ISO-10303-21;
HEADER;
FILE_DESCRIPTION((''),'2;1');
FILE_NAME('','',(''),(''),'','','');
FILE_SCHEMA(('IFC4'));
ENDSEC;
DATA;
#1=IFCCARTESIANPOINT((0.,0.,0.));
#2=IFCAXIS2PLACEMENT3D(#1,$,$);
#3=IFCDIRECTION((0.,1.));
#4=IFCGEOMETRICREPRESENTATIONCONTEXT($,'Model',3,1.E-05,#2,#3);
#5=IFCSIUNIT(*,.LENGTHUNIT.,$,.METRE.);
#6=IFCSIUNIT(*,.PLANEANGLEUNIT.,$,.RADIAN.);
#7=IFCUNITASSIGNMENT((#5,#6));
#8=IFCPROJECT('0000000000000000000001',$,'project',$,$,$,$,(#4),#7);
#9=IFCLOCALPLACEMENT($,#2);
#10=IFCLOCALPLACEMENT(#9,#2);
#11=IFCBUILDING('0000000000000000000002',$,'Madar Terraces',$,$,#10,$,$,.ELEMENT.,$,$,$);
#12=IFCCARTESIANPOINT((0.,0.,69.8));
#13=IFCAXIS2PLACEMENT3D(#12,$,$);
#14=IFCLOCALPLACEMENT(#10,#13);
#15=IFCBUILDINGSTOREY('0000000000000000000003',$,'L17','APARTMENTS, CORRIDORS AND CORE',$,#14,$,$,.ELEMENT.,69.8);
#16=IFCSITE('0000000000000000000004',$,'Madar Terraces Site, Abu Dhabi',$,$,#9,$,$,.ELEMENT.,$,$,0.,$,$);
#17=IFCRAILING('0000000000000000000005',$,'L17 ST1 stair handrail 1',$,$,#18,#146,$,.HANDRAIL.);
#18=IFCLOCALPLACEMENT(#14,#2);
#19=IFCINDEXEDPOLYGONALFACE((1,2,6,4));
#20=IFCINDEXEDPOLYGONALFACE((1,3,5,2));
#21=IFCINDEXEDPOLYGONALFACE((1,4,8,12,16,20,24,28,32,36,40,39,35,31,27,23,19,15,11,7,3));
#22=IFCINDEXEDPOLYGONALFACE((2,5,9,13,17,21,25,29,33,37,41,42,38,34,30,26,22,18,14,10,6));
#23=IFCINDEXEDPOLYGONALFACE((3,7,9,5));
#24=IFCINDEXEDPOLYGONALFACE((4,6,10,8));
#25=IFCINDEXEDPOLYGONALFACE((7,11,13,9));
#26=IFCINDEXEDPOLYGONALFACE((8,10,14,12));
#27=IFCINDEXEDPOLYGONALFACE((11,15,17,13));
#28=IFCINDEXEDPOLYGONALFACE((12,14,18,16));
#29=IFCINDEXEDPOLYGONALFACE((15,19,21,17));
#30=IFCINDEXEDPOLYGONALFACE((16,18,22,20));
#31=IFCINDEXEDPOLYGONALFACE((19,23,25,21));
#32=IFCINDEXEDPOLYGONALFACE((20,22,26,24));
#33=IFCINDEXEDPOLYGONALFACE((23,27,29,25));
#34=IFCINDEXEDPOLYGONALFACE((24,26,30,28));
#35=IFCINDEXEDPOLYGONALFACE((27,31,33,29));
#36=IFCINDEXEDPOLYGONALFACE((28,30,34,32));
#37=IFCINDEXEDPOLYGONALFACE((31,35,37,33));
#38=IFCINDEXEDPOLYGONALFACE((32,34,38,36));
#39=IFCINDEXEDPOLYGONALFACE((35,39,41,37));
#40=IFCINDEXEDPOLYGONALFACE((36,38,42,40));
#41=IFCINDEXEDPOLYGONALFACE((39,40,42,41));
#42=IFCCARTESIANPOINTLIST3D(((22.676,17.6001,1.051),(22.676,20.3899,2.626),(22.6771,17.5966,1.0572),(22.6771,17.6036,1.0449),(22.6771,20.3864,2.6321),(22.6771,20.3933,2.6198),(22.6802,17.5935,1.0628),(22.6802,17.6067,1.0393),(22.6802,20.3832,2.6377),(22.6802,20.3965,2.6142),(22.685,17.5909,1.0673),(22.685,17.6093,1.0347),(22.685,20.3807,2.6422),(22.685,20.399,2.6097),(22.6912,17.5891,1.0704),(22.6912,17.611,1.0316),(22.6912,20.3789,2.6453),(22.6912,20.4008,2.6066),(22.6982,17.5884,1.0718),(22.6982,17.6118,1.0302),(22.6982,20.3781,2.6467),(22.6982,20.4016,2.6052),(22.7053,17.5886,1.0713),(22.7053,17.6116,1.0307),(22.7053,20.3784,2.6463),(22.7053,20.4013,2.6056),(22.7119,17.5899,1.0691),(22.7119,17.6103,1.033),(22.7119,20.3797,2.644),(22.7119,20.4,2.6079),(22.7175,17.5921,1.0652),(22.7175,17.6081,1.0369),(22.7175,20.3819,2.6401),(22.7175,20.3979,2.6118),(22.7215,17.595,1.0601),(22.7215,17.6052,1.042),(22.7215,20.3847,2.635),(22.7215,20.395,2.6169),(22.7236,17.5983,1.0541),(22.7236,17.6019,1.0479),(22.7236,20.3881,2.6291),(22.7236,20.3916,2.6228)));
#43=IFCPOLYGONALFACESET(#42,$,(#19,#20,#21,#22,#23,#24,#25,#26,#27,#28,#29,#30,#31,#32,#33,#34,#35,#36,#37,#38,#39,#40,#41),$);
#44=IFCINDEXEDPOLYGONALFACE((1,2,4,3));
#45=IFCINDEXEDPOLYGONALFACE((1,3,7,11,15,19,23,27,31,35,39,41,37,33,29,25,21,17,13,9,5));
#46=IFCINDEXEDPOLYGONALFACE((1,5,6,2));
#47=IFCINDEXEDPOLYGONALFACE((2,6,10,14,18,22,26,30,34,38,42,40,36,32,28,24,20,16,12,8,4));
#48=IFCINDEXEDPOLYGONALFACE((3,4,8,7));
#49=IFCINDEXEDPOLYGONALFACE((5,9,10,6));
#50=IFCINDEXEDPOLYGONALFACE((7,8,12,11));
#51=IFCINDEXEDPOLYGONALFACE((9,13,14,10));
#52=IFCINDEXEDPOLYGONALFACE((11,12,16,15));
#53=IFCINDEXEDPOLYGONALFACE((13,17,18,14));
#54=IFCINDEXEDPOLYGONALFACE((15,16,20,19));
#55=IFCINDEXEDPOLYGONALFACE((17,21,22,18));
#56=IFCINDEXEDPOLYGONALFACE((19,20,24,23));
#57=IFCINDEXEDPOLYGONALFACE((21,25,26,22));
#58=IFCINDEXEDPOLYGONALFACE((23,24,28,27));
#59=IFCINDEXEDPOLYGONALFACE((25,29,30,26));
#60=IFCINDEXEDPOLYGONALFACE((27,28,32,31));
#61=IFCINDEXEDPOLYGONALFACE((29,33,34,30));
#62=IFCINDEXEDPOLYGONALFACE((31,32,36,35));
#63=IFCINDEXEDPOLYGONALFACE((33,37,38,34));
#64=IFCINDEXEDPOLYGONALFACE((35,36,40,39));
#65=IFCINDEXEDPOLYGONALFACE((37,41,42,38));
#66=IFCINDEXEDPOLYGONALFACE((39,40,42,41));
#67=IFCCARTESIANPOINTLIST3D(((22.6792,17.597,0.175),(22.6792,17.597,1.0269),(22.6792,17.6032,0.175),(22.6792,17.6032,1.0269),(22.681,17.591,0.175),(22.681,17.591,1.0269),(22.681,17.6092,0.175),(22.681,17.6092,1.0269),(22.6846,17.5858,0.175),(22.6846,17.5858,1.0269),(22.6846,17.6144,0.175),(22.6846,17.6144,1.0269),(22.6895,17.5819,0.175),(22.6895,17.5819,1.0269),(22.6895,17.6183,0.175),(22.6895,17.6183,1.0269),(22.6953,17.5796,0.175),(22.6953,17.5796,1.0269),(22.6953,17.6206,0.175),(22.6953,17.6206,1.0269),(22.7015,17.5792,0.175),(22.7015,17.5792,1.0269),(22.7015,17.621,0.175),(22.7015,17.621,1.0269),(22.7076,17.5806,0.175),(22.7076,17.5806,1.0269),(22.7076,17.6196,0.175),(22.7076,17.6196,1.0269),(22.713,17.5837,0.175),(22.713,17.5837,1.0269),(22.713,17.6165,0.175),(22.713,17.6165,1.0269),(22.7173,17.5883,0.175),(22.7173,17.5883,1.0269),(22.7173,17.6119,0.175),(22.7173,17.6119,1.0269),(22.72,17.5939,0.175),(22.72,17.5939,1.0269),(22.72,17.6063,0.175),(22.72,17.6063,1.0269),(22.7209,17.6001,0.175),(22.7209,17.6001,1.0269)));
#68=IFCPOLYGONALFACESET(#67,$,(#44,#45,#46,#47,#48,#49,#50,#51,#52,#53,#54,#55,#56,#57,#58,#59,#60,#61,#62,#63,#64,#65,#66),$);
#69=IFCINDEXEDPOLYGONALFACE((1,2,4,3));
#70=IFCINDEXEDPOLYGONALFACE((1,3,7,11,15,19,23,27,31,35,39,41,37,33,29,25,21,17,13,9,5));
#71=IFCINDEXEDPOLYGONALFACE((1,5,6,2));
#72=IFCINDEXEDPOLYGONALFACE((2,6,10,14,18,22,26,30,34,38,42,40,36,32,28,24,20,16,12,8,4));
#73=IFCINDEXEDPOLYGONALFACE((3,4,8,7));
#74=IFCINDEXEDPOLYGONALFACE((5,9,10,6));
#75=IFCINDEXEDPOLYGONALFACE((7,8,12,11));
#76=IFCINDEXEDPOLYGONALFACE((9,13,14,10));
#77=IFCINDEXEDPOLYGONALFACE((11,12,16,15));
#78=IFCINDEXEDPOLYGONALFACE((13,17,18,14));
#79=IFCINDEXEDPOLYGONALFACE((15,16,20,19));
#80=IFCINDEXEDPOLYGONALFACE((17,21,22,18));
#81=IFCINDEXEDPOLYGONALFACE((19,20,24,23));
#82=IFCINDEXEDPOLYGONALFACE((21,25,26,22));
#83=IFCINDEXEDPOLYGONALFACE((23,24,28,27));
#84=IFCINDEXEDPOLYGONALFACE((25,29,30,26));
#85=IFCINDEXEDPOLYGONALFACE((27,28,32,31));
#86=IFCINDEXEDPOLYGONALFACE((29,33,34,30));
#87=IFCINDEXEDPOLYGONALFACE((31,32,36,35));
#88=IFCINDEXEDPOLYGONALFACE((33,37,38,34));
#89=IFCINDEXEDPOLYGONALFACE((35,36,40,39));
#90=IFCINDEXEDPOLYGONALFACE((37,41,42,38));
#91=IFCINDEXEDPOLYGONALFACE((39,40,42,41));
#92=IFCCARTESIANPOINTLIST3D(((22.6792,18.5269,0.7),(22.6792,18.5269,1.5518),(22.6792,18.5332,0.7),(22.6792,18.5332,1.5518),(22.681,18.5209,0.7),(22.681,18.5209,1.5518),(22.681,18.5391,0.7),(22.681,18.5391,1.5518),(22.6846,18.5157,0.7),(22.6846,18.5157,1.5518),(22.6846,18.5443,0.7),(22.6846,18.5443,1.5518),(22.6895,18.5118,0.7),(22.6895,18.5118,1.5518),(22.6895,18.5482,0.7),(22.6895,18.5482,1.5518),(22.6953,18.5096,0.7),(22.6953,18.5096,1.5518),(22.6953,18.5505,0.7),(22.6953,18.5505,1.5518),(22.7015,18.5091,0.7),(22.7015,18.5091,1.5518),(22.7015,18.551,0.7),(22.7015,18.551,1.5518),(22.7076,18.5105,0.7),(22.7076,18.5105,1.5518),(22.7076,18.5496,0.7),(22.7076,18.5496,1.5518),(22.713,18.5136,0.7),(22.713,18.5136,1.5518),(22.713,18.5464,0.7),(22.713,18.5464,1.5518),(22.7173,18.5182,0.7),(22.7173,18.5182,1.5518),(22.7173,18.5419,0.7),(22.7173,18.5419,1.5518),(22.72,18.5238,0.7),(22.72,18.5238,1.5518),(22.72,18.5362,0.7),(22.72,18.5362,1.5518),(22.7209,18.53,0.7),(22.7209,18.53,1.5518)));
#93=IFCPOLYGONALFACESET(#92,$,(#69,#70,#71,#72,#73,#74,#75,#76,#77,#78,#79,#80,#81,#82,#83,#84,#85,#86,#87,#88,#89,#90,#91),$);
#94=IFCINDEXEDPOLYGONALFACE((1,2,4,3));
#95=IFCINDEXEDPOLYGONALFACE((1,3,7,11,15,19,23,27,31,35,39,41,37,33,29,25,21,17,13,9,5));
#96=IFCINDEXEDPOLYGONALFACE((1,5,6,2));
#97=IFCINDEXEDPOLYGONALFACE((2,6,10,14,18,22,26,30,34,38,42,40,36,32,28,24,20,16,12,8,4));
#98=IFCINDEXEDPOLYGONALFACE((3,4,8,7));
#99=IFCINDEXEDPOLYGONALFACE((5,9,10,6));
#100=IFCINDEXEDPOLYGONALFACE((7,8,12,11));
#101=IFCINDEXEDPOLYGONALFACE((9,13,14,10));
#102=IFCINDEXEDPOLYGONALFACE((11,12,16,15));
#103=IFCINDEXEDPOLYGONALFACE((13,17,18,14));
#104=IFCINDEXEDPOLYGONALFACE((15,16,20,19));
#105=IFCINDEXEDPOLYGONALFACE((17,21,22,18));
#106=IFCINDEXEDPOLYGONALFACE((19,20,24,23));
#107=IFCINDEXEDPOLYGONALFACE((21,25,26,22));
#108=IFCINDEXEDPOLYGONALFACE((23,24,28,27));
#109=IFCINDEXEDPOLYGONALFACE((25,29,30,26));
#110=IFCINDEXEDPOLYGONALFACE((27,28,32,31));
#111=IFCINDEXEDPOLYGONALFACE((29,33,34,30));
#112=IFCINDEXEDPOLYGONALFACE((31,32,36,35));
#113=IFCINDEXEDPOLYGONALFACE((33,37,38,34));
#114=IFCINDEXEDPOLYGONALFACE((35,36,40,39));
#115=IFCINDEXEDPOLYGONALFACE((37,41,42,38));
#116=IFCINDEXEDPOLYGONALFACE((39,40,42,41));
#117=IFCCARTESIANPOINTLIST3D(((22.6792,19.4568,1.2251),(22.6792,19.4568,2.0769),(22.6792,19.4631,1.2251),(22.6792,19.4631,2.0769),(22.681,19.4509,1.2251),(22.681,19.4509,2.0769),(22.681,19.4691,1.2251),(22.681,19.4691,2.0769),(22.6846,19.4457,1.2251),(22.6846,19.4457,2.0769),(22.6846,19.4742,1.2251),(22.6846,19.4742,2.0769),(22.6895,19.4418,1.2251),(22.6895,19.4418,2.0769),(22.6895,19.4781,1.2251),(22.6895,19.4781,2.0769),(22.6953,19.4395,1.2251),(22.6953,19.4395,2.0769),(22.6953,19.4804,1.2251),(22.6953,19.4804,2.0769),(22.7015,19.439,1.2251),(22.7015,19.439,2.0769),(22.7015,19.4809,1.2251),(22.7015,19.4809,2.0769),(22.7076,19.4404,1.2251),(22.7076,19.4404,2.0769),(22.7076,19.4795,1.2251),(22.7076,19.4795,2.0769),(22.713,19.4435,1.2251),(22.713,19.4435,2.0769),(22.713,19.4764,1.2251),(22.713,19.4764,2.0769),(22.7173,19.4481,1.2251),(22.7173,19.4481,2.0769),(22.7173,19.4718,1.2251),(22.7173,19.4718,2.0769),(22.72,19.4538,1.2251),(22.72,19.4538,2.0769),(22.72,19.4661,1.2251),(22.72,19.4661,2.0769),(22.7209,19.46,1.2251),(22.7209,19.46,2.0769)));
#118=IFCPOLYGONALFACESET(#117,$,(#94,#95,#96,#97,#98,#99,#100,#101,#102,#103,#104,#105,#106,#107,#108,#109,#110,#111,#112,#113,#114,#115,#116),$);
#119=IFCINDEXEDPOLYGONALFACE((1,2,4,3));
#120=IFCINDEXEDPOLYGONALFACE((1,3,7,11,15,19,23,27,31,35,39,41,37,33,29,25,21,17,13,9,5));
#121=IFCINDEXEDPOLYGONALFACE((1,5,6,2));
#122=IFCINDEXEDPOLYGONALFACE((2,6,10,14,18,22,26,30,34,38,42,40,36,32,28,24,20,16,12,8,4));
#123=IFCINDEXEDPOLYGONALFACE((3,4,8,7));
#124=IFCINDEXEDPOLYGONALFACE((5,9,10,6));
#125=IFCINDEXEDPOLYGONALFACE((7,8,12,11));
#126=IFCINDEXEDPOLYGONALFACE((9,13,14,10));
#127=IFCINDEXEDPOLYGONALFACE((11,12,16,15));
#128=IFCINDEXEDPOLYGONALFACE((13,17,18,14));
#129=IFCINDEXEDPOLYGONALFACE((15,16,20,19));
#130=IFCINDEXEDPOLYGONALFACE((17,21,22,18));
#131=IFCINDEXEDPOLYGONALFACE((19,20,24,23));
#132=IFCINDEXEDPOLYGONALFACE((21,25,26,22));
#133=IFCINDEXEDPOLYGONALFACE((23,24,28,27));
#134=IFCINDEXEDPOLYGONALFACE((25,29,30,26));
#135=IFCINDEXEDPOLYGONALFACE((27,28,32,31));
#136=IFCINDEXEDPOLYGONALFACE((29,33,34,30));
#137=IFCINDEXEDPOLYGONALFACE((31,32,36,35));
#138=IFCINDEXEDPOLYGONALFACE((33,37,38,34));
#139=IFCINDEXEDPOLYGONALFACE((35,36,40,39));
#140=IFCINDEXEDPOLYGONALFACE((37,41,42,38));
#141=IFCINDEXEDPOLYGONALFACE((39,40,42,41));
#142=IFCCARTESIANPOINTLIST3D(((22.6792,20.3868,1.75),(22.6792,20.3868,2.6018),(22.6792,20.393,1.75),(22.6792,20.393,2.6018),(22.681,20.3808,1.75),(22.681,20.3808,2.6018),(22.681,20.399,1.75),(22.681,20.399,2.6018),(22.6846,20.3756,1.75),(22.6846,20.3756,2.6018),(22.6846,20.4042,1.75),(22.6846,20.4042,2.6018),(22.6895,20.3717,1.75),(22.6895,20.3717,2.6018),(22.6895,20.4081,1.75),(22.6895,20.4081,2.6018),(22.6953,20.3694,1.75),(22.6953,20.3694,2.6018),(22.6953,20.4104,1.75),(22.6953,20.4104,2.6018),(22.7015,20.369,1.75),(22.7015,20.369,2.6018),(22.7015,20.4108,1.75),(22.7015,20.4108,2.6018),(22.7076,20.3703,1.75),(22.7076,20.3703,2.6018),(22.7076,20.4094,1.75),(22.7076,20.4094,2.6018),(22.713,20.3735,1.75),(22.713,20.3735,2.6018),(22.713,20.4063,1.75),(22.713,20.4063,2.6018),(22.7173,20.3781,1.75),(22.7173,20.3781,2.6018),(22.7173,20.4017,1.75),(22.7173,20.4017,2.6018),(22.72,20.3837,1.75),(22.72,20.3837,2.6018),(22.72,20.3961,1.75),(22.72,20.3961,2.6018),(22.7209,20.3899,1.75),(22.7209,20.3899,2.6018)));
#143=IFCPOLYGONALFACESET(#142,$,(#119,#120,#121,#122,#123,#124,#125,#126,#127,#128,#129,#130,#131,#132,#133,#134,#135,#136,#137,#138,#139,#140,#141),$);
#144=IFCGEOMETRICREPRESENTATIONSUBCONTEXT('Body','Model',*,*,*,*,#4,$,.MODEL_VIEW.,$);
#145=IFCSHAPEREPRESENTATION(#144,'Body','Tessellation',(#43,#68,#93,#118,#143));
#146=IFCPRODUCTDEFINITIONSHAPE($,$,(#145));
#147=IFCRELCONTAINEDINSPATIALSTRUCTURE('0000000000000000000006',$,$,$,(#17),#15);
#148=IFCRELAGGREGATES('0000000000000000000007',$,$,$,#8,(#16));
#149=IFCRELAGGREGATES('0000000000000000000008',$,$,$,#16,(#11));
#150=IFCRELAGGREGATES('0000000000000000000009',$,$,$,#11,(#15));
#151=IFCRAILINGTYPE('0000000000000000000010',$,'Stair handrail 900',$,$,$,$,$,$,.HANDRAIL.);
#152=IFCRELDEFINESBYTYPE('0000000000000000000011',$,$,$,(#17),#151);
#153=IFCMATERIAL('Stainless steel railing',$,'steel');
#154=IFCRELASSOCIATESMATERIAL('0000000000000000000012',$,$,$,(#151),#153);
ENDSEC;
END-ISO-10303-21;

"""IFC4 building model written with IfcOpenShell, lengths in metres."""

from ifc_helpers import new_model, si_unit, direction, frame, origin, origin_2d, place, context, subcontext, project, spatial, circle, extrude, material, type_object, element, save


model = new_model("IFC4")

# Units and contexts
model_context = context("Model", 3, precision=1e-05, world=origin(), true_north=direction((0.0, 1.0)))
body_context = subcontext(model_context, "Body", "Model", "MODEL_VIEW")
ifc_project = project(units=[si_unit("LENGTHUNIT", "METRE"), si_unit("PLANEANGLEUNIT", "RADIAN")], contexts=[model_context])

# Site, building, storey
site_placement = place(None, origin())
site = spatial("IfcSite", under=ifc_project, at=site_placement, Name="Madar Terraces Site, Abu Dhabi", CompositionType="ELEMENT", RefElevation=0.0)
building_placement = place(site_placement, origin())
building = spatial("IfcBuilding", under=site, at=building_placement, Name="Madar Terraces", CompositionType="ELEMENT")
storey_placement = place(building_placement, frame((0.0, 0.0, 69.8)))
storey = spatial("IfcBuildingStorey", under=building, at=storey_placement, Name="L17", Description="APARTMENTS, CORRIDORS AND CORE", CompositionType="ELEMENT", Elevation=69.8)

# Railing
ifc_material_1 = material(Name="Stainless steel railing", Category="steel")
railing_type = type_object("IfcRailingType", Name="Stair handrail 900", PredefinedType="HANDRAIL", material=ifc_material_1)
railing_placement = place(storey_placement, frame((22.7, 17.6001, 0.175)))
element("IfcRailing", 1, at=railing_placement, inside=storey, type_object=railing_type, Name="L17 ST1 stair handrail 1", PredefinedType="HANDRAIL", context=body_context, shape_type="SweptSolid", body=[
    extrude(circle(Radius=0.0239, at=origin_2d()), frame((0.0, 0.0, 0.876), z_axis=(0.0, 0.870815, 0.49161), x_axis=(-1.0, 0.0, 0.0)), (0.0, 0.0, 1.0), 3.2036),
    extrude(circle(Radius=0.021, at=origin_2d()), origin(), (0.0, 0.0, 1.0), 0.8518),
    extrude(circle(Radius=0.021, at=origin_2d()), frame((0.0, 0.9299, 0.5249)), (0.0, 0.0, 1.0), 0.8518),
    extrude(circle(Radius=0.021, at=origin_2d()), frame((0.0, 1.8599, 1.05)), (0.0, 0.0, 1.0), 0.8518),
    extrude(circle(Radius=0.021, at=origin_2d()), frame((0.0, 2.7898, 1.575)), (0.0, 0.0, 1.0), 0.8518),
])

save(model, "model.ifc")
